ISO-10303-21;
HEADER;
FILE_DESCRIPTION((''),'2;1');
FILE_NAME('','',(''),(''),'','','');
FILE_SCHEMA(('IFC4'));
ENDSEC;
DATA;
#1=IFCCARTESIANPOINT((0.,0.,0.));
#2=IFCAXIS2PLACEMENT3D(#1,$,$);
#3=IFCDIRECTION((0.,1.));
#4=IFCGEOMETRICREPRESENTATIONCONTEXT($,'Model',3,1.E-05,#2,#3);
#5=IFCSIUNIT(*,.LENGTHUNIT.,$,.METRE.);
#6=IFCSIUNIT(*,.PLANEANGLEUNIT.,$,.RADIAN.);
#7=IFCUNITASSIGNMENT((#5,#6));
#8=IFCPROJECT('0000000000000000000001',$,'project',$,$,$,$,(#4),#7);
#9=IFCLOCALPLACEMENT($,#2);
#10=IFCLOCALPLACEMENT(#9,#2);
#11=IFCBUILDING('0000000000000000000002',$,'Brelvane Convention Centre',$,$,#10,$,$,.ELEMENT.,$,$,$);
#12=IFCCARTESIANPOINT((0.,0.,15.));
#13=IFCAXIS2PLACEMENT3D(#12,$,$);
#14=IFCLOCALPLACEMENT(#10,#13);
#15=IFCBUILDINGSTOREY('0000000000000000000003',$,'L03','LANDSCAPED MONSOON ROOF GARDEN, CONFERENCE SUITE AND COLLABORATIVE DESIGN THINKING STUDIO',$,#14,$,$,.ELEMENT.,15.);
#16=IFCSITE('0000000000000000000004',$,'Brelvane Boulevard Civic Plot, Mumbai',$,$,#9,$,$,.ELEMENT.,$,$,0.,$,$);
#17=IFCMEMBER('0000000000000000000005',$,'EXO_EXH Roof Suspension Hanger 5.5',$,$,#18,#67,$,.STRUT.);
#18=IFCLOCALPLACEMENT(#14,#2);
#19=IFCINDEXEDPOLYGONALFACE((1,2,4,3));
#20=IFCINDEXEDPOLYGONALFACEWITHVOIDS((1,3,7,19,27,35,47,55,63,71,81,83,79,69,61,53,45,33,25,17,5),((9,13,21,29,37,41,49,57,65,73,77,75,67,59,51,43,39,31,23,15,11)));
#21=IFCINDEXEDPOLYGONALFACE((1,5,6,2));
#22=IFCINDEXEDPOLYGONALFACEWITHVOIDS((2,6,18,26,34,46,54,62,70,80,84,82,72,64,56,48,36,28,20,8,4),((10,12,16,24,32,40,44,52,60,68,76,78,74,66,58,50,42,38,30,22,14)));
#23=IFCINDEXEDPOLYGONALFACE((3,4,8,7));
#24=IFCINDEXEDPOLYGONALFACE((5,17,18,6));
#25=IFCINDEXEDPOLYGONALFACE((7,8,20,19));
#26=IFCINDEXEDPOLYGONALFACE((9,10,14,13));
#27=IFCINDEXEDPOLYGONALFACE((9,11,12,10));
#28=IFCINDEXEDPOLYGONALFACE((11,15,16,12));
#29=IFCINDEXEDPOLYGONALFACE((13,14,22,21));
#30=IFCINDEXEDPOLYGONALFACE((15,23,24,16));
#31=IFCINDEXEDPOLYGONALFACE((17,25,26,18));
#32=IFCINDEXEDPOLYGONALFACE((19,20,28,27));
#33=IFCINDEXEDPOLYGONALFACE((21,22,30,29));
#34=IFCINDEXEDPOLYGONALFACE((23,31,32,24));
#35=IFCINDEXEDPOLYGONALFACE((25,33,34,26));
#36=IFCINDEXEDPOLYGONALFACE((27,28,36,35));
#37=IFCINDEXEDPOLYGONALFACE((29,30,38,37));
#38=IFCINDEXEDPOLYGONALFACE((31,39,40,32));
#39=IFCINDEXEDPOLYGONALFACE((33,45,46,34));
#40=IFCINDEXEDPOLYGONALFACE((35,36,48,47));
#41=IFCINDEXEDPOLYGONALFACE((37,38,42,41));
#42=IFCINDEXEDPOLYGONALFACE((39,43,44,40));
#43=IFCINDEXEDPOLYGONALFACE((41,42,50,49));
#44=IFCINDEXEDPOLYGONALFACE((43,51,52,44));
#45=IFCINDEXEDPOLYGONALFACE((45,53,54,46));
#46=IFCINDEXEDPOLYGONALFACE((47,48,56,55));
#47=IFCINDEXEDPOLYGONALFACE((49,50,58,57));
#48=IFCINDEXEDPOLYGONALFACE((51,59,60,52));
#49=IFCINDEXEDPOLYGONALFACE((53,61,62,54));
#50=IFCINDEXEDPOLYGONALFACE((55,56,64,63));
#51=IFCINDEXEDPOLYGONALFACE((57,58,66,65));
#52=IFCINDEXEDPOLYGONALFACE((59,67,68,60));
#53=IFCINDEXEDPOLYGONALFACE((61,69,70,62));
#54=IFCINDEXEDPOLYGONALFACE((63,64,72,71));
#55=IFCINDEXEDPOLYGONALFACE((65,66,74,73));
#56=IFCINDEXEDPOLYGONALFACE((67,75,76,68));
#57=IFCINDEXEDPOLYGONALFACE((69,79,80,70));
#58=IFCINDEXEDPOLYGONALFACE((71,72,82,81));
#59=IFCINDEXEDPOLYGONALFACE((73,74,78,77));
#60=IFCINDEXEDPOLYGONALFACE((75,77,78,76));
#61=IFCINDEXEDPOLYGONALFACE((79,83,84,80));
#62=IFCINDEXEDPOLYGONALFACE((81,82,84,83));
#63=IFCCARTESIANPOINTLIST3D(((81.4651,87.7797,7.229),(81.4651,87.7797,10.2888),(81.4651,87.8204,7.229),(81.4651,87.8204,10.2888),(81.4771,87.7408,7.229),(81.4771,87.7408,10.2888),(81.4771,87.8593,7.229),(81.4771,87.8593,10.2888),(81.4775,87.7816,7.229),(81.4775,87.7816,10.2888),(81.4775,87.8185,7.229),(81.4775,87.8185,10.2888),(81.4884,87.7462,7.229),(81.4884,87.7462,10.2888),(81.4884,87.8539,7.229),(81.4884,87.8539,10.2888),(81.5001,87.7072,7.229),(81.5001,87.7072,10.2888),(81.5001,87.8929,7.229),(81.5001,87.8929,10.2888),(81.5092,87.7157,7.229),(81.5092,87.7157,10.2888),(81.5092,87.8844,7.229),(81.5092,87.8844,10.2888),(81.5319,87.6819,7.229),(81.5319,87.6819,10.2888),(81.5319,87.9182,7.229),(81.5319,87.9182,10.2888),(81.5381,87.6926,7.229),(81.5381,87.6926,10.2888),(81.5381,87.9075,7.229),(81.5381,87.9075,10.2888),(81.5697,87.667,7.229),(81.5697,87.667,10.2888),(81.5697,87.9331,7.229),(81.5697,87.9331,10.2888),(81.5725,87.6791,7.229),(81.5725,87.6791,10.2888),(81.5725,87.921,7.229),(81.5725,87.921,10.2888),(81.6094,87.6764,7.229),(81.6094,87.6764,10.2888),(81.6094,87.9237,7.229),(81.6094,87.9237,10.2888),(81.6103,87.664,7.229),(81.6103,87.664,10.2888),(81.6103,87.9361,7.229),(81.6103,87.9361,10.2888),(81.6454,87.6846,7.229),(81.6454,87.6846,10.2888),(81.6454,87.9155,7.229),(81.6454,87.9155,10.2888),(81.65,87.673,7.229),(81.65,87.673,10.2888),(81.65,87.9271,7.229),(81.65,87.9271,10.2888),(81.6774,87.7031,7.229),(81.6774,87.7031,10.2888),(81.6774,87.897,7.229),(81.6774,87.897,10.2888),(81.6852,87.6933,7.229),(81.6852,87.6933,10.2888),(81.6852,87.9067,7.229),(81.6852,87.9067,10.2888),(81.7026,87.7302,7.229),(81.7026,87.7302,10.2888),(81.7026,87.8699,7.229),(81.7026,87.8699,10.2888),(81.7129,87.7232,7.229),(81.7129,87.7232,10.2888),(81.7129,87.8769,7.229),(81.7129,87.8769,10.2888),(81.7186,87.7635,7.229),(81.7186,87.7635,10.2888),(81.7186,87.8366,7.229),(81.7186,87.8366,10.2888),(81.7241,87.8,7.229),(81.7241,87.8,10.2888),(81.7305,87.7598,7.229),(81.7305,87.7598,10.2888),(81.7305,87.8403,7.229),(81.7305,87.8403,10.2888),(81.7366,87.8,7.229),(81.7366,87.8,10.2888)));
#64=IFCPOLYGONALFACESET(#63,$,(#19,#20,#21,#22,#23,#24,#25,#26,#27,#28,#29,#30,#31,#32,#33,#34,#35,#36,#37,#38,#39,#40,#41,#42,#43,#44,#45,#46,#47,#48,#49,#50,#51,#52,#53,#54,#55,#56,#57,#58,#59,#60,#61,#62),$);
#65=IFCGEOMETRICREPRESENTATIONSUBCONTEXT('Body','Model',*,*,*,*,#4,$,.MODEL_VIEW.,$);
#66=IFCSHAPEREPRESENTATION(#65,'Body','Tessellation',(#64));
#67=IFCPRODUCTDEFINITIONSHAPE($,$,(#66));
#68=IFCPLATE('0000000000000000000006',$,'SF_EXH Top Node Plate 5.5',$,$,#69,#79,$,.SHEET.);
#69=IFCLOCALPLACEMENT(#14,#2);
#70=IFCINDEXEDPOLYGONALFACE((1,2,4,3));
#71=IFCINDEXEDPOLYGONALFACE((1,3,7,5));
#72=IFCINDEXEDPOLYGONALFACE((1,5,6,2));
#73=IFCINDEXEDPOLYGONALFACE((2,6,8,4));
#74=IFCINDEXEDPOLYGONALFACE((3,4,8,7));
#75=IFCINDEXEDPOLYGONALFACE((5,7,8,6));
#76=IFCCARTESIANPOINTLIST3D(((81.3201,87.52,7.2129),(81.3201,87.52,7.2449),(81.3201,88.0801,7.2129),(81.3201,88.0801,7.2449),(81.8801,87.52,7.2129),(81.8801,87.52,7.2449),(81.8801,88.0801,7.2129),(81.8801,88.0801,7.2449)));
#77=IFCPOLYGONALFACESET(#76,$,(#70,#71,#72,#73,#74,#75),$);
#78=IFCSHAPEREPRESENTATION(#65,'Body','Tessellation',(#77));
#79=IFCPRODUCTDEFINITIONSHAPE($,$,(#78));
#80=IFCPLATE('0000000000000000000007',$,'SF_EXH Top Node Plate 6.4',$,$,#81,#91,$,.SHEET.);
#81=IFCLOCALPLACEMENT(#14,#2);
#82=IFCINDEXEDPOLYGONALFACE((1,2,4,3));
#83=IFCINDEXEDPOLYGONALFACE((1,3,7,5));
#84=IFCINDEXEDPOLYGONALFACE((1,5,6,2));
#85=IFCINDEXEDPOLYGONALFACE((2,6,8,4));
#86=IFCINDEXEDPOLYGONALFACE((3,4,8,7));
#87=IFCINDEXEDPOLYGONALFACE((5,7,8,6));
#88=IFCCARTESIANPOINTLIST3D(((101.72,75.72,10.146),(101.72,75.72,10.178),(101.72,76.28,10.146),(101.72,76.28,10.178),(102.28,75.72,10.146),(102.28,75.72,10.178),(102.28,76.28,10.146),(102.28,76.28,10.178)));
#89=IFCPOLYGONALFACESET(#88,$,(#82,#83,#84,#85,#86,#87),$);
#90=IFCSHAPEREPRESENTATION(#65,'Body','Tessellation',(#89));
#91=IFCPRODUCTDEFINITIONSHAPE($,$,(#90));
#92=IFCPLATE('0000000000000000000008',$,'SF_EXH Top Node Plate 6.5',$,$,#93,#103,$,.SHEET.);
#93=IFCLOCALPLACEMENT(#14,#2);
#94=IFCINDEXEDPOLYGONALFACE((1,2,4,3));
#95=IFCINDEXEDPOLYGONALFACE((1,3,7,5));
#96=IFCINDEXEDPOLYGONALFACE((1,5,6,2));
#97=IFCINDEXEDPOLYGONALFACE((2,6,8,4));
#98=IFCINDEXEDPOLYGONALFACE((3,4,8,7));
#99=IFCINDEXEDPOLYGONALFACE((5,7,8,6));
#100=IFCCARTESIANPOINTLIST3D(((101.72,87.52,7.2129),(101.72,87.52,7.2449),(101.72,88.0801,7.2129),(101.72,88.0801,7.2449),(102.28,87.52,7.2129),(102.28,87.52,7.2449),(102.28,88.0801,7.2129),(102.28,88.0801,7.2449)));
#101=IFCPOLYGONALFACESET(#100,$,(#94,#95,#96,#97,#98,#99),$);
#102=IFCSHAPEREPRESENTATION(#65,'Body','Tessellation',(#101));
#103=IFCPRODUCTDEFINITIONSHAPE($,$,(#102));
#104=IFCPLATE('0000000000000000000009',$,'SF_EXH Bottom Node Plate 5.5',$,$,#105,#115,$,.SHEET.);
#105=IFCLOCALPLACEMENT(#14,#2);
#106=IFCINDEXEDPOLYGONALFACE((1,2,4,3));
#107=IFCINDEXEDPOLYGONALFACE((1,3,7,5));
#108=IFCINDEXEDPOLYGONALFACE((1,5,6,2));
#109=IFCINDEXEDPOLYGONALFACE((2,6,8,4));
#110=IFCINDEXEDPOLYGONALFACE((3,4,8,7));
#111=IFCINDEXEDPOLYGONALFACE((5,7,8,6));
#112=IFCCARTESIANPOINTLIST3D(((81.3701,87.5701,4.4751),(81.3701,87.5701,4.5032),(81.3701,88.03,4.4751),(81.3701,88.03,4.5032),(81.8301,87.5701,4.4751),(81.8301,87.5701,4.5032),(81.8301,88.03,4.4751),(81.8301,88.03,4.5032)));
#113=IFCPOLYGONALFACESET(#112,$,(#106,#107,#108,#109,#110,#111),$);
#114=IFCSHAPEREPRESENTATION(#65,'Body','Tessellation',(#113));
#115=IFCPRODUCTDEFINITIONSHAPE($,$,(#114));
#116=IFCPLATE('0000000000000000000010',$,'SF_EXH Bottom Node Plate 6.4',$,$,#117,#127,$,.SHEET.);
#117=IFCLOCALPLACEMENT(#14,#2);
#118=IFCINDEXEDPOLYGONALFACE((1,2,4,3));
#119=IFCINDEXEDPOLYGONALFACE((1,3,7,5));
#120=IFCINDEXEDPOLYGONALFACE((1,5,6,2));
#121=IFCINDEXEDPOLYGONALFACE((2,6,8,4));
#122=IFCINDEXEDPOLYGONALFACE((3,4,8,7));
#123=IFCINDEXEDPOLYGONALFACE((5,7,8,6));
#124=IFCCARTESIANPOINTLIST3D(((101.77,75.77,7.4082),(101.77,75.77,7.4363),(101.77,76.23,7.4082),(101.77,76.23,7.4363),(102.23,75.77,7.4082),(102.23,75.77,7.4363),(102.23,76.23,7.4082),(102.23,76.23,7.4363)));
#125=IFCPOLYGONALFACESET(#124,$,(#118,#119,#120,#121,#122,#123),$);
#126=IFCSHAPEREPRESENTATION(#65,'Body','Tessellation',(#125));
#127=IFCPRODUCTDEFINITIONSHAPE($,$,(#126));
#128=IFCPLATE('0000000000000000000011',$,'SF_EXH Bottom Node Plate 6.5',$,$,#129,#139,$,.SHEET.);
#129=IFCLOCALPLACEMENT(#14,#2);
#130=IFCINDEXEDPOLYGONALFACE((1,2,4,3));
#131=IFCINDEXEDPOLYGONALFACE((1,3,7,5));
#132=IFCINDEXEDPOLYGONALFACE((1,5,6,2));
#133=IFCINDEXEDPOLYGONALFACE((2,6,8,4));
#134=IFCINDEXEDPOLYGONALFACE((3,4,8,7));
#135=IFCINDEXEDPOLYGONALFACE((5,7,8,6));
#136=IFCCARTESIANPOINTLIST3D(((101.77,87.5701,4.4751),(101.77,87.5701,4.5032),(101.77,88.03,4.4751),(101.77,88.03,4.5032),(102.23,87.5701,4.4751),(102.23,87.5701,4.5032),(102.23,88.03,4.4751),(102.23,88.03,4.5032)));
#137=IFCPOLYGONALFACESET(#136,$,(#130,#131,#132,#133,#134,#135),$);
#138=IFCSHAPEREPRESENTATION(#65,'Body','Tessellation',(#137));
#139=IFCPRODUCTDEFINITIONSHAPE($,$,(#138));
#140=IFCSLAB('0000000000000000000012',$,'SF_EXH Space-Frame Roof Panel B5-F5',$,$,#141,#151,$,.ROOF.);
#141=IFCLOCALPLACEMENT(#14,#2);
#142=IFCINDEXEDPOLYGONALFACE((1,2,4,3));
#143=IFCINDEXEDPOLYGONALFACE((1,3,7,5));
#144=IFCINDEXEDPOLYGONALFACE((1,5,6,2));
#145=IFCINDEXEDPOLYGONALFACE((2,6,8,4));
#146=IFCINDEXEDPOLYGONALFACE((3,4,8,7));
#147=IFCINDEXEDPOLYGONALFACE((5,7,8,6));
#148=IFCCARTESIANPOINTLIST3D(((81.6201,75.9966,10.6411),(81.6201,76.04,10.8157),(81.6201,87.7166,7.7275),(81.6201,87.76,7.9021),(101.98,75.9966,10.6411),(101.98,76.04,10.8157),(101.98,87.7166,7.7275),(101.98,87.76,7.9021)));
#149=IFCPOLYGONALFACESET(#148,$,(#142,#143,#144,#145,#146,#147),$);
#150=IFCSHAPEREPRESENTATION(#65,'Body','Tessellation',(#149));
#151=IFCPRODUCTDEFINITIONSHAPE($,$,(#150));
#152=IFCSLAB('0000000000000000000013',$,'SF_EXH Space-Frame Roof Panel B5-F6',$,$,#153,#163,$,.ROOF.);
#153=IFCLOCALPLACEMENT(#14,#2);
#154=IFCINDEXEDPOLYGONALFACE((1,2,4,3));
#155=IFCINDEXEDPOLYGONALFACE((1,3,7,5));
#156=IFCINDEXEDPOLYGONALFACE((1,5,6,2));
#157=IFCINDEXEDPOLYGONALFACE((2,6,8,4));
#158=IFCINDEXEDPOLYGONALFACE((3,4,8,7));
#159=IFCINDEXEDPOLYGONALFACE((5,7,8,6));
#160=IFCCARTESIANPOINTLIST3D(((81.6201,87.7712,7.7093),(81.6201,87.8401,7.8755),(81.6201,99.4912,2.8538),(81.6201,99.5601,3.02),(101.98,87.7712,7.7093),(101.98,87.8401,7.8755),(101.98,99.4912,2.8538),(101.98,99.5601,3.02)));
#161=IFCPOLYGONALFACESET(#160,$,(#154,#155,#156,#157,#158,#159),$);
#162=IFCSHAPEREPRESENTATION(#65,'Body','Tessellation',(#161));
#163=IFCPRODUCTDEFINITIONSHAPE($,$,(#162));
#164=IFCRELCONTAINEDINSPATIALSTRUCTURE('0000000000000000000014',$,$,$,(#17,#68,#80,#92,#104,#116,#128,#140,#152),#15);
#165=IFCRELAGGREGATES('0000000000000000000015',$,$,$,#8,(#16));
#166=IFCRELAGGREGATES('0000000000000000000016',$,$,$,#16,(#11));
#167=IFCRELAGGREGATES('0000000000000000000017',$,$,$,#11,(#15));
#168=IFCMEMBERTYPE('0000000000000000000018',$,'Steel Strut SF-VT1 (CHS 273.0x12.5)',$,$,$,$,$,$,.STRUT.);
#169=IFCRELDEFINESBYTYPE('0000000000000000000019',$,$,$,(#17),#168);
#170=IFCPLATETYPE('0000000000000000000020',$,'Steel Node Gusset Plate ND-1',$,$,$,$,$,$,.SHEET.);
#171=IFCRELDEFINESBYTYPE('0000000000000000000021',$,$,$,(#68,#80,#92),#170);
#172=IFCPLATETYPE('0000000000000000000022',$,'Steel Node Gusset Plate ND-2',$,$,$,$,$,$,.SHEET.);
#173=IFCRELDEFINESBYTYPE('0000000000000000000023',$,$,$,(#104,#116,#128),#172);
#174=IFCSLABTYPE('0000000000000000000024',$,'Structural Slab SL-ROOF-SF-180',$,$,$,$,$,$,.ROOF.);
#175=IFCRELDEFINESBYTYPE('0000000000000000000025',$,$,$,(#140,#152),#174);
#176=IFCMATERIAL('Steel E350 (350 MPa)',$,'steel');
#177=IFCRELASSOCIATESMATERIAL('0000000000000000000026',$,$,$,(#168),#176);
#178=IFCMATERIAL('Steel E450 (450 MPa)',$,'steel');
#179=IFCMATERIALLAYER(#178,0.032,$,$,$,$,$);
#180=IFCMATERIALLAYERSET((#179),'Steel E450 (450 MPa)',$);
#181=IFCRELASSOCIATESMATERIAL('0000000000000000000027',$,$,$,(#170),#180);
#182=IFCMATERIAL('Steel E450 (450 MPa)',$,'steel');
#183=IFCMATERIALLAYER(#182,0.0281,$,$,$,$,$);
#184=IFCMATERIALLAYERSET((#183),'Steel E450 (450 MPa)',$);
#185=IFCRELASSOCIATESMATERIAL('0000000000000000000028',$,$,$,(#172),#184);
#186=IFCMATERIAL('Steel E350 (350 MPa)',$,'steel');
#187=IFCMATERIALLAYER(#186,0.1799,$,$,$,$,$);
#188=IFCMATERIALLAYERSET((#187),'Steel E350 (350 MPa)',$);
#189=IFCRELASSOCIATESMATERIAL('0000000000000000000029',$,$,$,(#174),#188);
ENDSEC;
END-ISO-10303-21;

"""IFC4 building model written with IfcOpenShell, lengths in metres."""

from ifc_helpers import new_model, si_unit, direction, frame, origin, origin_2d, place, context, subcontext, project, spatial, polyline, rectangle, hollow_circle, outline, extrude, material, layer, layer_set, material_profile, profile_set, type_object, element, save


model = new_model("IFC4")

# Units and contexts
model_context = context("Model", 3, precision=1e-05, world=origin(), true_north=direction((0.0, 1.0)))
body_context = subcontext(model_context, "Body", "Model", "MODEL_VIEW")
ifc_project = project(units=[si_unit("LENGTHUNIT", "METRE"), si_unit("PLANEANGLEUNIT", "RADIAN")], contexts=[model_context])

# Site, building, storey
site_placement = place(None, origin())
site = spatial("IfcSite", under=ifc_project, at=site_placement, Name="Brelvane Boulevard Civic Plot, Mumbai", CompositionType="ELEMENT", RefElevation=0.0)
building_placement = place(site_placement, origin())
building = spatial("IfcBuilding", under=site, at=building_placement, Name="Brelvane Convention Centre", CompositionType="ELEMENT")
storey_placement = place(building_placement, frame((0.0, 0.0, 15.0)))
storey = spatial("IfcBuildingStorey", under=building, at=storey_placement, Name="L03", Description="LANDSCAPED MONSOON ROOF GARDEN, CONFERENCE SUITE AND COLLABORATIVE DESIGN THINKING STUDIO", CompositionType="ELEMENT", Elevation=15.0)

# Member
ifc_material_1 = material(Name="Steel E350 (350 MPa)", Category="steel")
ifc_material_profile_1 = material_profile(ifc_material_1, hollow_circle(Radius=0.1365, WallThickness=0.0125, at=origin_2d()), Name="CHS 273.0x12.5")
ifc_profile_set_1 = profile_set([ifc_material_profile_1], Name="Steel E350 (350 MPa)")
member_type_1 = type_object("IfcMemberType", Name="Steel Strut SF-VT1 (CHS 273.0x12.5)", PredefinedType="STRUT", material=ifc_profile_set_1)
member_1_placement = place(storey_placement, frame((81.6001, 87.8, 7.229), z_axis=(0.0, 0.0, 1.0), x_axis=(1.0, 0.0, 0.0)))
element("IfcMember", 1, at=member_1_placement, inside=storey, type_object=member_type_1, Name="EXO_EXH Roof Suspension Hanger 5.5", PredefinedType="STRUT", context=body_context, shape_type="SweptSolid", body=[
    extrude(hollow_circle(Radius=0.1365, WallThickness=0.0125, at=origin_2d()), origin(), (0.0, 0.0, 1.0), 3.0598),
])

# Plates
ifc_material_2 = material(Name="Steel E450 (450 MPa)", Category="steel")
ifc_layer_1 = layer(ifc_material_2, 0.032)
ifc_layer_set_1 = layer_set([ifc_layer_1], Name="Steel E450 (450 MPa)")
plate_type_1 = type_object("IfcPlateType", Name="Steel Node Gusset Plate ND-1", PredefinedType="SHEET", material=ifc_layer_set_1)
for number, where, z_axis, x_axis, name in (
    (2, (81.6001, 87.8, 7.2129), (0.0, 0.0, 1.0), (1.0, 0.0, 0.0), "SF_EXH Top Node Plate 5.5"),
    (3, (102.0, 76.0, 10.146), (0.0, 0.0, 1.0), (1.0, 0.0, 0.0), "SF_EXH Top Node Plate 6.4"),
    (4, (102.0, 87.8, 7.2129), (0.0, 0.0, 1.0), (1.0, 0.0, 0.0), "SF_EXH Top Node Plate 6.5"),
):
    element("IfcPlate", number, at=place(storey_placement, frame(where, z_axis=z_axis, x_axis=x_axis)), inside=storey, type_object=plate_type_1, Name=name, PredefinedType="SHEET", context=body_context, shape_type="SweptSolid", body=[
        extrude(rectangle(XDim=0.5601, YDim=0.5601, at=origin_2d()), origin(), (0.0, 0.0, 1.0), 0.032),
    ])
ifc_material_3 = material(Name="Steel E450 (450 MPa)", Category="steel")
ifc_layer_2 = layer(ifc_material_3, 0.0281)
ifc_layer_set_2 = layer_set([ifc_layer_2], Name="Steel E450 (450 MPa)")
plate_type_2 = type_object("IfcPlateType", Name="Steel Node Gusset Plate ND-2", PredefinedType="SHEET", material=ifc_layer_set_2)
for number, where, z_axis, x_axis, name in (
    (5, (81.6001, 87.8, 4.4751), (0.0, 0.0, 1.0), (1.0, 0.0, 0.0), "SF_EXH Bottom Node Plate 5.5"),
    (6, (102.0, 76.0, 7.4082), (0.0, 0.0, 1.0), (1.0, 0.0, 0.0), "SF_EXH Bottom Node Plate 6.4"),
    (7, (102.0, 87.8, 4.4751), (0.0, 0.0, 1.0), (1.0, 0.0, 0.0), "SF_EXH Bottom Node Plate 6.5"),
):
    element("IfcPlate", number, at=place(storey_placement, frame(where, z_axis=z_axis, x_axis=x_axis)), inside=storey, type_object=plate_type_2, Name=name, PredefinedType="SHEET", context=body_context, shape_type="SweptSolid", body=[
        extrude(rectangle(XDim=0.46, YDim=0.46, at=origin_2d()), origin(), (0.0, 0.0, 1.0), 0.0281),
    ])

# Slabs
ifc_material_4 = material(Name="Steel E350 (350 MPa)", Category="steel")
ifc_layer_3 = layer(ifc_material_4, 0.1799)
ifc_layer_set_3 = layer_set([ifc_layer_3], Name="Steel E350 (350 MPa)")
slab_type = type_object("IfcSlabType", Name="Structural Slab SL-ROOF-SF-180", PredefinedType="ROOF", material=ifc_layer_set_3)
slab_1_placement = place(storey_placement, frame((81.6201, 76.04, 10.8157), z_axis=(0.0, 0.241256, 0.970462), x_axis=(1.0, 0.0, 0.0)))
element("IfcSlab", 8, at=slab_1_placement, inside=storey, type_object=slab_type, Name="SF_EXH Space-Frame Roof Panel B5-F5", PredefinedType="ROOF", context=body_context, shape_type="SweptSolid", body=[
    extrude(outline(polyline([(0.0, 0.0), (20.3599, 0.0), (20.3599, 12.0767), (0.0, 12.0767), (0.0, 0.0)])), origin(), (0.0, 0.0, -1.0), 0.1799),
])
slab_2_placement = place(storey_placement, frame((81.6201, 87.8401, 7.8755), z_axis=(0.0, 0.382744, 0.923855), x_axis=(1.0, 0.0, 0.0)))
element("IfcSlab", 9, at=slab_2_placement, inside=storey, type_object=slab_type, Name="SF_EXH Space-Frame Roof Panel B5-F6", PredefinedType="ROOF", context=body_context, shape_type="SweptSolid", body=[
    extrude(outline(polyline([(0.0, 0.0), (20.3599, 0.0), (20.3599, 12.6859), (0.0, 12.6859), (0.0, 0.0)])), origin(), (0.0, 0.0, -1.0), 0.1799),
])

save(model, "model.ifc")
